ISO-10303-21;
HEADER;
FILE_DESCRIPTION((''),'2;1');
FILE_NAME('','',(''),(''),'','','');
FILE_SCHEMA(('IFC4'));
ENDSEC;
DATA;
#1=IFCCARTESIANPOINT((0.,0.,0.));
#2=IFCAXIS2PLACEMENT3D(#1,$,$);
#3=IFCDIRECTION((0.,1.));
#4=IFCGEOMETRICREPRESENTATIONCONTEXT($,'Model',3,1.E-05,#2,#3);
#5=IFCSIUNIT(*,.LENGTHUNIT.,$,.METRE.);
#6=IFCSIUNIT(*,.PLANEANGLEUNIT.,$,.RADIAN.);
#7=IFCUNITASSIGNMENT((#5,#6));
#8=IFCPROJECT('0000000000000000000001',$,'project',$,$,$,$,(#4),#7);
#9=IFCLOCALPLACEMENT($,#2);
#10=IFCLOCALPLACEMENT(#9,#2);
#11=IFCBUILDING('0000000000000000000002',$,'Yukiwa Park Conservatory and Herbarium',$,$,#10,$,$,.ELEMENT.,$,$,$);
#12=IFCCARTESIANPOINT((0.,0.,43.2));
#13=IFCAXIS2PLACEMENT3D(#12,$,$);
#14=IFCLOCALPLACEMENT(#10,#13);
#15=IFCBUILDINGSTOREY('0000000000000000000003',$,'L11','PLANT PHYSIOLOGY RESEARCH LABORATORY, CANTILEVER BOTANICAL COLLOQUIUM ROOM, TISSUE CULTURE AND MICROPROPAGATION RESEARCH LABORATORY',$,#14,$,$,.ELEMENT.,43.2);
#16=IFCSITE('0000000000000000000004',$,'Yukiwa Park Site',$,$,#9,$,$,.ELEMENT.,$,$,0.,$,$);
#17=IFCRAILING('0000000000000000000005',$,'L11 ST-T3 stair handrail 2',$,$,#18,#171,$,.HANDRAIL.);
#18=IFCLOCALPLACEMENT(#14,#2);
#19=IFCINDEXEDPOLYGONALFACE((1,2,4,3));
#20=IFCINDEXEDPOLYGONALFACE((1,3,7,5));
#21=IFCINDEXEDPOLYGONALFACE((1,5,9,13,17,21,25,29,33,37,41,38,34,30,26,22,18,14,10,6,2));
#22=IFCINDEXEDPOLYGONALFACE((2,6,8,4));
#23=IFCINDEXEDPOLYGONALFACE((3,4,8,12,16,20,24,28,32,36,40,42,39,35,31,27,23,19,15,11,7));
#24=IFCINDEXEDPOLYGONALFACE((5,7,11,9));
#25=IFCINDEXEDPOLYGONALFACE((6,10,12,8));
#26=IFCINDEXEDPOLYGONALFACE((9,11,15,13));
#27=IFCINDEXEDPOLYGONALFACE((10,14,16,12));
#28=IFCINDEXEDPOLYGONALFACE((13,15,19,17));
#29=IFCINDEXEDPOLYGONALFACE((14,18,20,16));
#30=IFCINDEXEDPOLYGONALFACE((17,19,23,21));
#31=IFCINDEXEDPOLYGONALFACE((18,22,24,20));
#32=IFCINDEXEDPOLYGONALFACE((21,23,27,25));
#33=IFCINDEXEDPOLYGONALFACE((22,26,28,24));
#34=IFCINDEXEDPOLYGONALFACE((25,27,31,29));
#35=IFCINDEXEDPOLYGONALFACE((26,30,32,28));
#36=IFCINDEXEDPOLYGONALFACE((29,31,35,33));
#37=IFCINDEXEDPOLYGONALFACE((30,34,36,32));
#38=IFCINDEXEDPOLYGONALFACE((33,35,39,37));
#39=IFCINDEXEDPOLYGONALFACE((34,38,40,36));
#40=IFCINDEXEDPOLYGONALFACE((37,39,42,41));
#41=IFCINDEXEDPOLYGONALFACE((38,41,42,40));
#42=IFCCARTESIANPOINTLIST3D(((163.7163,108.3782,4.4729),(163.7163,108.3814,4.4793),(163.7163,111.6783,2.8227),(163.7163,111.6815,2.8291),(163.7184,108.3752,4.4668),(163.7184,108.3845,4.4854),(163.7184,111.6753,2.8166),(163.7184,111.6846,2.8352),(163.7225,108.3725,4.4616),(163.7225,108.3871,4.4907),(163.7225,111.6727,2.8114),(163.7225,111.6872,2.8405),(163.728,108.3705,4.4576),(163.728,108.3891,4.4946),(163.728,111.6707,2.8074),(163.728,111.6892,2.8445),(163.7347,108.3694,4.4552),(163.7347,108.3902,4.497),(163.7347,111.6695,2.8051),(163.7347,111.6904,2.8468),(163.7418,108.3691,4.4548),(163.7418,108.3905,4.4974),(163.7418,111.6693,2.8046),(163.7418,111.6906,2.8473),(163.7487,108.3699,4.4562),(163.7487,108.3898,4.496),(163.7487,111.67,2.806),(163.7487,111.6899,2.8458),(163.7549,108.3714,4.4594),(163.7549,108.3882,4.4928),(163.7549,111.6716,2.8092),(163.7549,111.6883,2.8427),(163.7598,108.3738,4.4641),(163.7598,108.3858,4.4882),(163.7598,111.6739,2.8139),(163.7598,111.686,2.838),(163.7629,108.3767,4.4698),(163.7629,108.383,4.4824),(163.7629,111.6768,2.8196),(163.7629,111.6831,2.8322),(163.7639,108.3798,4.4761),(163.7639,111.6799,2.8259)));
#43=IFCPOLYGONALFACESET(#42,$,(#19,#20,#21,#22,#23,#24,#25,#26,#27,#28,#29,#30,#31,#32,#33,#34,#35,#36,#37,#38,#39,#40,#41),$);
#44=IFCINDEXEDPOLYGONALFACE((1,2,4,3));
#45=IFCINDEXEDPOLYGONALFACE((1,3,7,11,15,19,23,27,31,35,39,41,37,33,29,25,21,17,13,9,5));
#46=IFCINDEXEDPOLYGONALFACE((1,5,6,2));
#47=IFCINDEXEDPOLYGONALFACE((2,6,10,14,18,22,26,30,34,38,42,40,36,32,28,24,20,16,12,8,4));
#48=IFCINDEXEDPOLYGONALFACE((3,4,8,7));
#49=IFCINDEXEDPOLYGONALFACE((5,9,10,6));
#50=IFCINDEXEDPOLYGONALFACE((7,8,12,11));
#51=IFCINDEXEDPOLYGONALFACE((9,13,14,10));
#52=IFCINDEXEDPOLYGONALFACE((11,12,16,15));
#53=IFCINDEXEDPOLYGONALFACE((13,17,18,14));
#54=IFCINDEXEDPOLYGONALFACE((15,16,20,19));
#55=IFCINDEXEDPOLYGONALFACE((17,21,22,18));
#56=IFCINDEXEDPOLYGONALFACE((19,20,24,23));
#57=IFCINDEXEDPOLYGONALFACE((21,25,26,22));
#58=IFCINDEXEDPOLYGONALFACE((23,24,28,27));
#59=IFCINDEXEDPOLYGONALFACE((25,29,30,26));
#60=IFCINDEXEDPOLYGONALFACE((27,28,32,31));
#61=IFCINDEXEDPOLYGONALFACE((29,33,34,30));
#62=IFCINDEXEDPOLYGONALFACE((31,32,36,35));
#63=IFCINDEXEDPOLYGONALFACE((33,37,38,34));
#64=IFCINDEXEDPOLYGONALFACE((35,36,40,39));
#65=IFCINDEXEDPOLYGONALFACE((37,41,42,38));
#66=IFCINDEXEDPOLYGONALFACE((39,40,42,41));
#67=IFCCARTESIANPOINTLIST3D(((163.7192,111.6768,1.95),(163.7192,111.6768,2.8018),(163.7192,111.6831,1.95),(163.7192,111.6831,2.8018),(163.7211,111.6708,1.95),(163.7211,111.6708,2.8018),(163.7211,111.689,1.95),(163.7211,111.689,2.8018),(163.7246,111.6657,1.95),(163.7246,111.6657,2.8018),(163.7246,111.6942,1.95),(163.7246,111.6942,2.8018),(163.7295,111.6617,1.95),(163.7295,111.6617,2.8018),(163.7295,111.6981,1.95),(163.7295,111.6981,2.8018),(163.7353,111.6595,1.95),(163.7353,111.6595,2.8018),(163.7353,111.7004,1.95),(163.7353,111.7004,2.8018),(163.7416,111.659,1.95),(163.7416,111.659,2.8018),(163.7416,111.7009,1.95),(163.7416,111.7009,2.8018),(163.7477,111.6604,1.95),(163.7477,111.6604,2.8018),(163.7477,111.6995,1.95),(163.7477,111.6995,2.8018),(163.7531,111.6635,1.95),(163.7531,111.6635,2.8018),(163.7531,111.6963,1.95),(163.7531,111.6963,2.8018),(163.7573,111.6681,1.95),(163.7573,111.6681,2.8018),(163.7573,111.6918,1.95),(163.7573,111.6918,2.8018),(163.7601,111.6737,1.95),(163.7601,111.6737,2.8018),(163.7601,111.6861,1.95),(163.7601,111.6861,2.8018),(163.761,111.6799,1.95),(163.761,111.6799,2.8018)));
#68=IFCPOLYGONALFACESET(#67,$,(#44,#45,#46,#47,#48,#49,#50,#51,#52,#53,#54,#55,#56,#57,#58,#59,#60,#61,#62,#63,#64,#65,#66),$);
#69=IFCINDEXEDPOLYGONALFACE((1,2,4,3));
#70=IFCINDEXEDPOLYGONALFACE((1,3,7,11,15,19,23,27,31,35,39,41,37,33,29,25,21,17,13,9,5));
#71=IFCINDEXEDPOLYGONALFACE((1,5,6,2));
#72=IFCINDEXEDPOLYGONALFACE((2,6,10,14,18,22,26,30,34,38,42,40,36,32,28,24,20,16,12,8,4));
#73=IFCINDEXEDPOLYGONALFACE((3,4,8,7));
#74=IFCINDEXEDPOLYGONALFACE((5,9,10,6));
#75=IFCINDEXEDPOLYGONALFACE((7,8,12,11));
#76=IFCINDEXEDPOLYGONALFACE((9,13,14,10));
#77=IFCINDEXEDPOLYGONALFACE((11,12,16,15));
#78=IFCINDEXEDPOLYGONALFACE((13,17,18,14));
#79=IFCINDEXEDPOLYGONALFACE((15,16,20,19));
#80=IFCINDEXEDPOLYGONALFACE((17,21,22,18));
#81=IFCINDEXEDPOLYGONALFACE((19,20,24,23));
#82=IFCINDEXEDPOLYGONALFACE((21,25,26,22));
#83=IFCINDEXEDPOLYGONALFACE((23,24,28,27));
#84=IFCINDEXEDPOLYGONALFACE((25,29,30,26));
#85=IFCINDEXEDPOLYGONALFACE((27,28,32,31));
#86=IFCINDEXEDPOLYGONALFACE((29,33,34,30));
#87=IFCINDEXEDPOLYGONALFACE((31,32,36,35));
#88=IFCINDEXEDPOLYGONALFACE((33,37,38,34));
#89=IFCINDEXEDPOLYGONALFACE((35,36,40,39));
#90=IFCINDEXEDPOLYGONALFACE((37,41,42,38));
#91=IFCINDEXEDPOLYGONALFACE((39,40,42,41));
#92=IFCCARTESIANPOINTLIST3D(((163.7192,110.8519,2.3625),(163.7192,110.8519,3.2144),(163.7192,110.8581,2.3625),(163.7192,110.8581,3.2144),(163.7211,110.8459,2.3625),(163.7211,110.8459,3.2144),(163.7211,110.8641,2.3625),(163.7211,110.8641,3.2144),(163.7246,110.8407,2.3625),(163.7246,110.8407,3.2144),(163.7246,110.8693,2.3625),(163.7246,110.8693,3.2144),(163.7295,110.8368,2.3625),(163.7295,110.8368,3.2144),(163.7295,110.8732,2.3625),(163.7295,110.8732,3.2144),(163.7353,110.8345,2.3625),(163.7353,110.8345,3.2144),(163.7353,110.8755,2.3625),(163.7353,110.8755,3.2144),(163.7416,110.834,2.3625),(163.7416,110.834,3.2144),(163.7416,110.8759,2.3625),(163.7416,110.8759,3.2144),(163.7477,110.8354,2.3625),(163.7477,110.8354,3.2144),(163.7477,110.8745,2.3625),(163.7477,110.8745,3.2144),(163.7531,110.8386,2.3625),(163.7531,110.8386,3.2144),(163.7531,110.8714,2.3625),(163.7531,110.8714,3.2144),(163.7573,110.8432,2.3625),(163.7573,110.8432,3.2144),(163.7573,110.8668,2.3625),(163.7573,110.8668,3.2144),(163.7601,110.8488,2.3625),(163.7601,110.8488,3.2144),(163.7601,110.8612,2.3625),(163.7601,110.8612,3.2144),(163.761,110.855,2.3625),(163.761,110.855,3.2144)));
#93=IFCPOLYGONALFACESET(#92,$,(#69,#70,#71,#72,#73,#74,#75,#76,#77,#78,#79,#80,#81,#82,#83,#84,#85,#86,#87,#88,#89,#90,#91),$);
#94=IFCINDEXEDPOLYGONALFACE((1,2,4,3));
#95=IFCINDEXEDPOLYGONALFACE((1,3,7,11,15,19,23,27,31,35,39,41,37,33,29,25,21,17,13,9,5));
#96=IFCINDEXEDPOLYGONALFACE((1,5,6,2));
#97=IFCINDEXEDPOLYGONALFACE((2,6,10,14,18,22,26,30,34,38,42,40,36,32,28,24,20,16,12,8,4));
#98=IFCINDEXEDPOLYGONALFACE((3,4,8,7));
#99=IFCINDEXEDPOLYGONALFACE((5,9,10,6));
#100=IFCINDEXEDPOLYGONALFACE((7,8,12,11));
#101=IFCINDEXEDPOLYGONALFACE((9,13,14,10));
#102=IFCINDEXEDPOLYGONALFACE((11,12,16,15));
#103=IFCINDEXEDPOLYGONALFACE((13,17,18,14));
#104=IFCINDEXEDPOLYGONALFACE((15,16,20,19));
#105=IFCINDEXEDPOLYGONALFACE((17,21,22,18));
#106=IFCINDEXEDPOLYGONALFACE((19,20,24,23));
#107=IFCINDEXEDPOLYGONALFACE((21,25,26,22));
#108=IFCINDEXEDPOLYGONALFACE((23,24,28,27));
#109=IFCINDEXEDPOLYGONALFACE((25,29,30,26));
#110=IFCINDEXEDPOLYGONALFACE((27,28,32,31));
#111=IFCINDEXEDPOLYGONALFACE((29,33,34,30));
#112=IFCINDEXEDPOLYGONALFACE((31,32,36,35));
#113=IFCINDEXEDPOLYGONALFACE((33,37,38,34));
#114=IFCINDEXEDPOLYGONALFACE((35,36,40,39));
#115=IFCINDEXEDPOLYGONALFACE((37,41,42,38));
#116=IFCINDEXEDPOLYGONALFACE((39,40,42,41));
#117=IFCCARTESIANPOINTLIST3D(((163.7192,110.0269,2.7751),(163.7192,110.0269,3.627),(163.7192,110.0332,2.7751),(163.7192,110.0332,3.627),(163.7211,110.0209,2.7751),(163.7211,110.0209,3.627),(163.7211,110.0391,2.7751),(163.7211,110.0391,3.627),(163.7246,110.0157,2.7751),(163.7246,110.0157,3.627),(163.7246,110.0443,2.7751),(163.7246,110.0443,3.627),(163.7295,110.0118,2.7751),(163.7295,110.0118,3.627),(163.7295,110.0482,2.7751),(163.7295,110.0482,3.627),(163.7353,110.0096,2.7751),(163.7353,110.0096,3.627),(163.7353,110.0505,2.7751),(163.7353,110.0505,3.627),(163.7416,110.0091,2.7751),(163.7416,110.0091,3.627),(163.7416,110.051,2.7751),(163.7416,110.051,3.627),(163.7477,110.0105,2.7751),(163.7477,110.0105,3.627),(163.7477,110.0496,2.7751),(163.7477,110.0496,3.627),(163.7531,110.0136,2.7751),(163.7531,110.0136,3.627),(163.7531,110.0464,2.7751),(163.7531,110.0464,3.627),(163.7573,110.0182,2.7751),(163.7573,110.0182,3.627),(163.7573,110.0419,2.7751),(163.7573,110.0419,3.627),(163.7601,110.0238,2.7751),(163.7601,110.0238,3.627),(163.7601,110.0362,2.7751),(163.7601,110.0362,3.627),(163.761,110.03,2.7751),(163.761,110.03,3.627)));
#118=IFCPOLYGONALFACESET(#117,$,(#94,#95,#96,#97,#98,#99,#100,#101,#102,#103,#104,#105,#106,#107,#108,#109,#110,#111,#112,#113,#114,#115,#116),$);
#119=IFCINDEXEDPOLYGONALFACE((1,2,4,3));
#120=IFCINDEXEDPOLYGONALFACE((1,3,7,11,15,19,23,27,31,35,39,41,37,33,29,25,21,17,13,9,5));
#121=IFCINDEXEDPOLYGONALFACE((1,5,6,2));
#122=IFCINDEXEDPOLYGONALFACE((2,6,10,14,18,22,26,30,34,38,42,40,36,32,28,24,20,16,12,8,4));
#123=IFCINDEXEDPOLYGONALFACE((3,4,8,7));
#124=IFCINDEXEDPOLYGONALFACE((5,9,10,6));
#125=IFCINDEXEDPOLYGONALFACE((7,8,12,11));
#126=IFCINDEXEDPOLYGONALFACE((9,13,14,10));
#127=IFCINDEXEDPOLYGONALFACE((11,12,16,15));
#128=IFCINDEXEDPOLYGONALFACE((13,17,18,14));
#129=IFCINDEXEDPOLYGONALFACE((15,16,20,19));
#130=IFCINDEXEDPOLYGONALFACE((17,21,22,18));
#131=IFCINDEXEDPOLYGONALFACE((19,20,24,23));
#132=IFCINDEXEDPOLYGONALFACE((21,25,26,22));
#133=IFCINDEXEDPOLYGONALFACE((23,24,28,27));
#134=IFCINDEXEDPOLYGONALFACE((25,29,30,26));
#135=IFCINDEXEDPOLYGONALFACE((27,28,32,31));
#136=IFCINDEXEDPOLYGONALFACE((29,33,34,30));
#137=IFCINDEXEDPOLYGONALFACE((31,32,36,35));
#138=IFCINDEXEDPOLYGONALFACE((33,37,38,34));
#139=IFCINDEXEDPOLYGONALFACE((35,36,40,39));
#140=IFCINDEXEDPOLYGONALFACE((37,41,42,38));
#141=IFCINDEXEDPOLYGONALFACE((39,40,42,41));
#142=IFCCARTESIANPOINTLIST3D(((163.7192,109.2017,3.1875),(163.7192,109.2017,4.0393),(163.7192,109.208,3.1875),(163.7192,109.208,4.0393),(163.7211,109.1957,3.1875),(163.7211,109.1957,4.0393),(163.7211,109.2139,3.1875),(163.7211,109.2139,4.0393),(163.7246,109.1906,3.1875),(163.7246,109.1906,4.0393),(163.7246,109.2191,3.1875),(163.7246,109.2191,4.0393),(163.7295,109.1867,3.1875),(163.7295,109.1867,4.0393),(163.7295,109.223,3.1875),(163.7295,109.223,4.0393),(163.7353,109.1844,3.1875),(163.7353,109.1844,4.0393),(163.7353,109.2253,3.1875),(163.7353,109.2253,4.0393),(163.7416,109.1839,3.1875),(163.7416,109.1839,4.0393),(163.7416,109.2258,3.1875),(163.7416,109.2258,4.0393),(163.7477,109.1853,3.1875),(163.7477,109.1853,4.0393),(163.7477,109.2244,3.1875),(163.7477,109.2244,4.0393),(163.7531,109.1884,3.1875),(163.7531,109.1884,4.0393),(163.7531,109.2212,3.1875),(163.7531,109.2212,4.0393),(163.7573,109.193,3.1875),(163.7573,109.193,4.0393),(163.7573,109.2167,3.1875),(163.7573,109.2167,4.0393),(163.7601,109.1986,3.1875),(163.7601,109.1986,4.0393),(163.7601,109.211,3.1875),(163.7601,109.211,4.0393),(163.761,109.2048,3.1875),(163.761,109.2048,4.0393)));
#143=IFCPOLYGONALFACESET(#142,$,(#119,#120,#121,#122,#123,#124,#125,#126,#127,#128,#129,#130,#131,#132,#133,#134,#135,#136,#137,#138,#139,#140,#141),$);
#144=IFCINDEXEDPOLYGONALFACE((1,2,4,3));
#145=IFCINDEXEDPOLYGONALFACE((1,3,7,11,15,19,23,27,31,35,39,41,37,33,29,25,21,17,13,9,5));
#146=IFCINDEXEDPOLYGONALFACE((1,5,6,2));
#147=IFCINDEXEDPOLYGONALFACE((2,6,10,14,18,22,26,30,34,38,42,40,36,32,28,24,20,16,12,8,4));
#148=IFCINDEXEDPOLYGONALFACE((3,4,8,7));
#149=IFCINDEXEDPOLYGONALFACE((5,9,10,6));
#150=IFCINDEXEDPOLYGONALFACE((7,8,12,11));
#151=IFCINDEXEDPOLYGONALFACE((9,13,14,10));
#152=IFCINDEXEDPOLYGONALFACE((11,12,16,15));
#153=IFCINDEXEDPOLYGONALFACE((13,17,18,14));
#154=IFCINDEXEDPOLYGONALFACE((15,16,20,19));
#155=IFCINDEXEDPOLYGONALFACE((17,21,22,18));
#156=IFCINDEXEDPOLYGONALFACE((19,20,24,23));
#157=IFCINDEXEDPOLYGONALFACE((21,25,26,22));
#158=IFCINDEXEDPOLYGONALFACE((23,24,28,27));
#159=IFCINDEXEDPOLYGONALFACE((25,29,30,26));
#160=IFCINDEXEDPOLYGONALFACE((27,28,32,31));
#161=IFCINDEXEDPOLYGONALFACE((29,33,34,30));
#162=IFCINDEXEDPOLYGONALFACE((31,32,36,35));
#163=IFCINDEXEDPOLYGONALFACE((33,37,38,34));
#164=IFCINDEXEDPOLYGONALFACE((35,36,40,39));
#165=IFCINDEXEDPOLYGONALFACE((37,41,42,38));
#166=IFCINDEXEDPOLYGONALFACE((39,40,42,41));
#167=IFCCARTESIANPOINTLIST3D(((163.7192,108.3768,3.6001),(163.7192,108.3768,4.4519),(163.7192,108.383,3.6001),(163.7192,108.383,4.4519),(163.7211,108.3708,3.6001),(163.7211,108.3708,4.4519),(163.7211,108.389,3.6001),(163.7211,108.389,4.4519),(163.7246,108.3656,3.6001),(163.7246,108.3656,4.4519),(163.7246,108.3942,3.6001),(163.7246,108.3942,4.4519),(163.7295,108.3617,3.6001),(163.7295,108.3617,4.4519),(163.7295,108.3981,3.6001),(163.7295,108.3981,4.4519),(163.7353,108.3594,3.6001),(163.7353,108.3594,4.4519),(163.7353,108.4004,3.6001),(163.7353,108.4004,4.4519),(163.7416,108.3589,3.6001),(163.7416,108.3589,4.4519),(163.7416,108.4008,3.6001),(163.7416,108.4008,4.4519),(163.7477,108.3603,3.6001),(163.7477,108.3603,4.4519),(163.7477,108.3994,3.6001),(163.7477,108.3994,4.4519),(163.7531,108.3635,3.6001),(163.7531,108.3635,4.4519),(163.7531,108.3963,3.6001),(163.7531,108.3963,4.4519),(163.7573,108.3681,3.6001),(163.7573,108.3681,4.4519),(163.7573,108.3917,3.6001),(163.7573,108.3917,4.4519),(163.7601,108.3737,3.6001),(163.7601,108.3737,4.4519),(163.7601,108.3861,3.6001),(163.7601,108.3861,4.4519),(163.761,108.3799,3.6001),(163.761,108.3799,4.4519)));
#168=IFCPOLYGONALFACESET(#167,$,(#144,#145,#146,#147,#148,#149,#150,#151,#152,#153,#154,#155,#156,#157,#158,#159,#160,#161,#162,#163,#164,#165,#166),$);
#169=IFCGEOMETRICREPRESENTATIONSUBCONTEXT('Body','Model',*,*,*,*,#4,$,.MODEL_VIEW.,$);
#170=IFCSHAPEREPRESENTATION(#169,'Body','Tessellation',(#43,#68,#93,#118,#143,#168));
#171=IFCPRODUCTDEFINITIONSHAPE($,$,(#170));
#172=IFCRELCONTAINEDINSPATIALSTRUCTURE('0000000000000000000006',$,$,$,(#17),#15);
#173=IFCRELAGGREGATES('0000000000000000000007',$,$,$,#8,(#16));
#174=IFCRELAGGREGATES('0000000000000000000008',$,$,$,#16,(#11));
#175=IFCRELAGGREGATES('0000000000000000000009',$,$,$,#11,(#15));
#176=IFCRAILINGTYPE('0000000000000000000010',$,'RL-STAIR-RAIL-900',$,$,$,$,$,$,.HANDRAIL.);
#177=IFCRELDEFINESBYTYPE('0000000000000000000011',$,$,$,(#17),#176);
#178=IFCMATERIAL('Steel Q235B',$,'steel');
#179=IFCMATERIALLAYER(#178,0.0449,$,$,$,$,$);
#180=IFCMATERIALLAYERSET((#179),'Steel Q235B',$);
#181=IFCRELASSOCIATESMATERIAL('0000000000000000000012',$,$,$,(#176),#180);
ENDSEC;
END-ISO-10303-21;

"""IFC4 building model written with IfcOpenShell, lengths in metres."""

from ifc_helpers import new_model, si_unit, direction, frame, origin, origin_2d, place, context, subcontext, project, spatial, circle, extrude, material, layer, layer_set, type_object, element, save


model = new_model("IFC4")

# Units and contexts
model_context = context("Model", 3, precision=1e-05, world=origin(), true_north=direction((0.0, 1.0)))
body_context = subcontext(model_context, "Body", "Model", "MODEL_VIEW")
ifc_project = project(units=[si_unit("LENGTHUNIT", "METRE"), si_unit("PLANEANGLEUNIT", "RADIAN")], contexts=[model_context])

# Site, building, storey
site_placement = place(None, origin())
site = spatial("IfcSite", under=ifc_project, at=site_placement, Name="Yukiwa Park Site", CompositionType="ELEMENT", RefElevation=0.0)
building_placement = place(site_placement, origin())
building = spatial("IfcBuilding", under=site, at=building_placement, Name="Yukiwa Park Conservatory and Herbarium", CompositionType="ELEMENT")
storey_placement = place(building_placement, frame((0.0, 0.0, 43.2)))
storey = spatial("IfcBuildingStorey", under=building, at=storey_placement, Name="L11", Description="PLANT PHYSIOLOGY RESEARCH LABORATORY, CANTILEVER BOTANICAL COLLOQUIUM ROOM, TISSUE CULTURE AND MICROPROPAGATION RESEARCH LABORATORY", CompositionType="ELEMENT", Elevation=43.2)

# Railing
ifc_material_1 = material(Name="Steel Q235B", Category="steel")
ifc_layer_1 = layer(ifc_material_1, 0.0449)
ifc_layer_set_1 = layer_set([ifc_layer_1], Name="Steel Q235B")
railing_type_1 = type_object("IfcRailingType", Name="RL-STAIR-RAIL-900", PredefinedType="HANDRAIL", material=ifc_layer_set_1)
railing_1_placement = place(storey_placement, frame((163.74, 111.6799, 1.95)))
element("IfcRailing", 1, at=railing_1_placement, inside=storey, type_object=railing_type_1, Name="L11 ST-T3 stair handrail 2", PredefinedType="HANDRAIL", context=body_context, shape_type="SweptSolid", body=[
    extrude(circle(Radius=0.0239, at=origin_2d()), frame((0.0, 0.0, 0.876), z_axis=(0.0, -0.894414, 0.44724), x_axis=(1.0, 0.0, 0.0)), (0.0, 0.0, 1.0), 3.6897),
    extrude(circle(Radius=0.021, at=origin_2d()), origin(), (0.0, 0.0, 1.0), 0.8518),
    extrude(circle(Radius=0.021, at=origin_2d()), frame((0.0, -0.825, 0.4126)), (0.0, 0.0, 1.0), 0.8518),
    extrude(circle(Radius=0.021, at=origin_2d()), frame((0.0, -1.6499, 0.8252)), (0.0, 0.0, 1.0), 0.8518),
    extrude(circle(Radius=0.021, at=origin_2d()), frame((0.0, -2.4751, 1.2375)), (0.0, 0.0, 1.0), 0.8518),
    extrude(circle(Radius=0.021, at=origin_2d()), frame((0.0, -3.3, 1.6501)), (0.0, 0.0, 1.0), 0.8518),
])

save(model, "model.ifc")
